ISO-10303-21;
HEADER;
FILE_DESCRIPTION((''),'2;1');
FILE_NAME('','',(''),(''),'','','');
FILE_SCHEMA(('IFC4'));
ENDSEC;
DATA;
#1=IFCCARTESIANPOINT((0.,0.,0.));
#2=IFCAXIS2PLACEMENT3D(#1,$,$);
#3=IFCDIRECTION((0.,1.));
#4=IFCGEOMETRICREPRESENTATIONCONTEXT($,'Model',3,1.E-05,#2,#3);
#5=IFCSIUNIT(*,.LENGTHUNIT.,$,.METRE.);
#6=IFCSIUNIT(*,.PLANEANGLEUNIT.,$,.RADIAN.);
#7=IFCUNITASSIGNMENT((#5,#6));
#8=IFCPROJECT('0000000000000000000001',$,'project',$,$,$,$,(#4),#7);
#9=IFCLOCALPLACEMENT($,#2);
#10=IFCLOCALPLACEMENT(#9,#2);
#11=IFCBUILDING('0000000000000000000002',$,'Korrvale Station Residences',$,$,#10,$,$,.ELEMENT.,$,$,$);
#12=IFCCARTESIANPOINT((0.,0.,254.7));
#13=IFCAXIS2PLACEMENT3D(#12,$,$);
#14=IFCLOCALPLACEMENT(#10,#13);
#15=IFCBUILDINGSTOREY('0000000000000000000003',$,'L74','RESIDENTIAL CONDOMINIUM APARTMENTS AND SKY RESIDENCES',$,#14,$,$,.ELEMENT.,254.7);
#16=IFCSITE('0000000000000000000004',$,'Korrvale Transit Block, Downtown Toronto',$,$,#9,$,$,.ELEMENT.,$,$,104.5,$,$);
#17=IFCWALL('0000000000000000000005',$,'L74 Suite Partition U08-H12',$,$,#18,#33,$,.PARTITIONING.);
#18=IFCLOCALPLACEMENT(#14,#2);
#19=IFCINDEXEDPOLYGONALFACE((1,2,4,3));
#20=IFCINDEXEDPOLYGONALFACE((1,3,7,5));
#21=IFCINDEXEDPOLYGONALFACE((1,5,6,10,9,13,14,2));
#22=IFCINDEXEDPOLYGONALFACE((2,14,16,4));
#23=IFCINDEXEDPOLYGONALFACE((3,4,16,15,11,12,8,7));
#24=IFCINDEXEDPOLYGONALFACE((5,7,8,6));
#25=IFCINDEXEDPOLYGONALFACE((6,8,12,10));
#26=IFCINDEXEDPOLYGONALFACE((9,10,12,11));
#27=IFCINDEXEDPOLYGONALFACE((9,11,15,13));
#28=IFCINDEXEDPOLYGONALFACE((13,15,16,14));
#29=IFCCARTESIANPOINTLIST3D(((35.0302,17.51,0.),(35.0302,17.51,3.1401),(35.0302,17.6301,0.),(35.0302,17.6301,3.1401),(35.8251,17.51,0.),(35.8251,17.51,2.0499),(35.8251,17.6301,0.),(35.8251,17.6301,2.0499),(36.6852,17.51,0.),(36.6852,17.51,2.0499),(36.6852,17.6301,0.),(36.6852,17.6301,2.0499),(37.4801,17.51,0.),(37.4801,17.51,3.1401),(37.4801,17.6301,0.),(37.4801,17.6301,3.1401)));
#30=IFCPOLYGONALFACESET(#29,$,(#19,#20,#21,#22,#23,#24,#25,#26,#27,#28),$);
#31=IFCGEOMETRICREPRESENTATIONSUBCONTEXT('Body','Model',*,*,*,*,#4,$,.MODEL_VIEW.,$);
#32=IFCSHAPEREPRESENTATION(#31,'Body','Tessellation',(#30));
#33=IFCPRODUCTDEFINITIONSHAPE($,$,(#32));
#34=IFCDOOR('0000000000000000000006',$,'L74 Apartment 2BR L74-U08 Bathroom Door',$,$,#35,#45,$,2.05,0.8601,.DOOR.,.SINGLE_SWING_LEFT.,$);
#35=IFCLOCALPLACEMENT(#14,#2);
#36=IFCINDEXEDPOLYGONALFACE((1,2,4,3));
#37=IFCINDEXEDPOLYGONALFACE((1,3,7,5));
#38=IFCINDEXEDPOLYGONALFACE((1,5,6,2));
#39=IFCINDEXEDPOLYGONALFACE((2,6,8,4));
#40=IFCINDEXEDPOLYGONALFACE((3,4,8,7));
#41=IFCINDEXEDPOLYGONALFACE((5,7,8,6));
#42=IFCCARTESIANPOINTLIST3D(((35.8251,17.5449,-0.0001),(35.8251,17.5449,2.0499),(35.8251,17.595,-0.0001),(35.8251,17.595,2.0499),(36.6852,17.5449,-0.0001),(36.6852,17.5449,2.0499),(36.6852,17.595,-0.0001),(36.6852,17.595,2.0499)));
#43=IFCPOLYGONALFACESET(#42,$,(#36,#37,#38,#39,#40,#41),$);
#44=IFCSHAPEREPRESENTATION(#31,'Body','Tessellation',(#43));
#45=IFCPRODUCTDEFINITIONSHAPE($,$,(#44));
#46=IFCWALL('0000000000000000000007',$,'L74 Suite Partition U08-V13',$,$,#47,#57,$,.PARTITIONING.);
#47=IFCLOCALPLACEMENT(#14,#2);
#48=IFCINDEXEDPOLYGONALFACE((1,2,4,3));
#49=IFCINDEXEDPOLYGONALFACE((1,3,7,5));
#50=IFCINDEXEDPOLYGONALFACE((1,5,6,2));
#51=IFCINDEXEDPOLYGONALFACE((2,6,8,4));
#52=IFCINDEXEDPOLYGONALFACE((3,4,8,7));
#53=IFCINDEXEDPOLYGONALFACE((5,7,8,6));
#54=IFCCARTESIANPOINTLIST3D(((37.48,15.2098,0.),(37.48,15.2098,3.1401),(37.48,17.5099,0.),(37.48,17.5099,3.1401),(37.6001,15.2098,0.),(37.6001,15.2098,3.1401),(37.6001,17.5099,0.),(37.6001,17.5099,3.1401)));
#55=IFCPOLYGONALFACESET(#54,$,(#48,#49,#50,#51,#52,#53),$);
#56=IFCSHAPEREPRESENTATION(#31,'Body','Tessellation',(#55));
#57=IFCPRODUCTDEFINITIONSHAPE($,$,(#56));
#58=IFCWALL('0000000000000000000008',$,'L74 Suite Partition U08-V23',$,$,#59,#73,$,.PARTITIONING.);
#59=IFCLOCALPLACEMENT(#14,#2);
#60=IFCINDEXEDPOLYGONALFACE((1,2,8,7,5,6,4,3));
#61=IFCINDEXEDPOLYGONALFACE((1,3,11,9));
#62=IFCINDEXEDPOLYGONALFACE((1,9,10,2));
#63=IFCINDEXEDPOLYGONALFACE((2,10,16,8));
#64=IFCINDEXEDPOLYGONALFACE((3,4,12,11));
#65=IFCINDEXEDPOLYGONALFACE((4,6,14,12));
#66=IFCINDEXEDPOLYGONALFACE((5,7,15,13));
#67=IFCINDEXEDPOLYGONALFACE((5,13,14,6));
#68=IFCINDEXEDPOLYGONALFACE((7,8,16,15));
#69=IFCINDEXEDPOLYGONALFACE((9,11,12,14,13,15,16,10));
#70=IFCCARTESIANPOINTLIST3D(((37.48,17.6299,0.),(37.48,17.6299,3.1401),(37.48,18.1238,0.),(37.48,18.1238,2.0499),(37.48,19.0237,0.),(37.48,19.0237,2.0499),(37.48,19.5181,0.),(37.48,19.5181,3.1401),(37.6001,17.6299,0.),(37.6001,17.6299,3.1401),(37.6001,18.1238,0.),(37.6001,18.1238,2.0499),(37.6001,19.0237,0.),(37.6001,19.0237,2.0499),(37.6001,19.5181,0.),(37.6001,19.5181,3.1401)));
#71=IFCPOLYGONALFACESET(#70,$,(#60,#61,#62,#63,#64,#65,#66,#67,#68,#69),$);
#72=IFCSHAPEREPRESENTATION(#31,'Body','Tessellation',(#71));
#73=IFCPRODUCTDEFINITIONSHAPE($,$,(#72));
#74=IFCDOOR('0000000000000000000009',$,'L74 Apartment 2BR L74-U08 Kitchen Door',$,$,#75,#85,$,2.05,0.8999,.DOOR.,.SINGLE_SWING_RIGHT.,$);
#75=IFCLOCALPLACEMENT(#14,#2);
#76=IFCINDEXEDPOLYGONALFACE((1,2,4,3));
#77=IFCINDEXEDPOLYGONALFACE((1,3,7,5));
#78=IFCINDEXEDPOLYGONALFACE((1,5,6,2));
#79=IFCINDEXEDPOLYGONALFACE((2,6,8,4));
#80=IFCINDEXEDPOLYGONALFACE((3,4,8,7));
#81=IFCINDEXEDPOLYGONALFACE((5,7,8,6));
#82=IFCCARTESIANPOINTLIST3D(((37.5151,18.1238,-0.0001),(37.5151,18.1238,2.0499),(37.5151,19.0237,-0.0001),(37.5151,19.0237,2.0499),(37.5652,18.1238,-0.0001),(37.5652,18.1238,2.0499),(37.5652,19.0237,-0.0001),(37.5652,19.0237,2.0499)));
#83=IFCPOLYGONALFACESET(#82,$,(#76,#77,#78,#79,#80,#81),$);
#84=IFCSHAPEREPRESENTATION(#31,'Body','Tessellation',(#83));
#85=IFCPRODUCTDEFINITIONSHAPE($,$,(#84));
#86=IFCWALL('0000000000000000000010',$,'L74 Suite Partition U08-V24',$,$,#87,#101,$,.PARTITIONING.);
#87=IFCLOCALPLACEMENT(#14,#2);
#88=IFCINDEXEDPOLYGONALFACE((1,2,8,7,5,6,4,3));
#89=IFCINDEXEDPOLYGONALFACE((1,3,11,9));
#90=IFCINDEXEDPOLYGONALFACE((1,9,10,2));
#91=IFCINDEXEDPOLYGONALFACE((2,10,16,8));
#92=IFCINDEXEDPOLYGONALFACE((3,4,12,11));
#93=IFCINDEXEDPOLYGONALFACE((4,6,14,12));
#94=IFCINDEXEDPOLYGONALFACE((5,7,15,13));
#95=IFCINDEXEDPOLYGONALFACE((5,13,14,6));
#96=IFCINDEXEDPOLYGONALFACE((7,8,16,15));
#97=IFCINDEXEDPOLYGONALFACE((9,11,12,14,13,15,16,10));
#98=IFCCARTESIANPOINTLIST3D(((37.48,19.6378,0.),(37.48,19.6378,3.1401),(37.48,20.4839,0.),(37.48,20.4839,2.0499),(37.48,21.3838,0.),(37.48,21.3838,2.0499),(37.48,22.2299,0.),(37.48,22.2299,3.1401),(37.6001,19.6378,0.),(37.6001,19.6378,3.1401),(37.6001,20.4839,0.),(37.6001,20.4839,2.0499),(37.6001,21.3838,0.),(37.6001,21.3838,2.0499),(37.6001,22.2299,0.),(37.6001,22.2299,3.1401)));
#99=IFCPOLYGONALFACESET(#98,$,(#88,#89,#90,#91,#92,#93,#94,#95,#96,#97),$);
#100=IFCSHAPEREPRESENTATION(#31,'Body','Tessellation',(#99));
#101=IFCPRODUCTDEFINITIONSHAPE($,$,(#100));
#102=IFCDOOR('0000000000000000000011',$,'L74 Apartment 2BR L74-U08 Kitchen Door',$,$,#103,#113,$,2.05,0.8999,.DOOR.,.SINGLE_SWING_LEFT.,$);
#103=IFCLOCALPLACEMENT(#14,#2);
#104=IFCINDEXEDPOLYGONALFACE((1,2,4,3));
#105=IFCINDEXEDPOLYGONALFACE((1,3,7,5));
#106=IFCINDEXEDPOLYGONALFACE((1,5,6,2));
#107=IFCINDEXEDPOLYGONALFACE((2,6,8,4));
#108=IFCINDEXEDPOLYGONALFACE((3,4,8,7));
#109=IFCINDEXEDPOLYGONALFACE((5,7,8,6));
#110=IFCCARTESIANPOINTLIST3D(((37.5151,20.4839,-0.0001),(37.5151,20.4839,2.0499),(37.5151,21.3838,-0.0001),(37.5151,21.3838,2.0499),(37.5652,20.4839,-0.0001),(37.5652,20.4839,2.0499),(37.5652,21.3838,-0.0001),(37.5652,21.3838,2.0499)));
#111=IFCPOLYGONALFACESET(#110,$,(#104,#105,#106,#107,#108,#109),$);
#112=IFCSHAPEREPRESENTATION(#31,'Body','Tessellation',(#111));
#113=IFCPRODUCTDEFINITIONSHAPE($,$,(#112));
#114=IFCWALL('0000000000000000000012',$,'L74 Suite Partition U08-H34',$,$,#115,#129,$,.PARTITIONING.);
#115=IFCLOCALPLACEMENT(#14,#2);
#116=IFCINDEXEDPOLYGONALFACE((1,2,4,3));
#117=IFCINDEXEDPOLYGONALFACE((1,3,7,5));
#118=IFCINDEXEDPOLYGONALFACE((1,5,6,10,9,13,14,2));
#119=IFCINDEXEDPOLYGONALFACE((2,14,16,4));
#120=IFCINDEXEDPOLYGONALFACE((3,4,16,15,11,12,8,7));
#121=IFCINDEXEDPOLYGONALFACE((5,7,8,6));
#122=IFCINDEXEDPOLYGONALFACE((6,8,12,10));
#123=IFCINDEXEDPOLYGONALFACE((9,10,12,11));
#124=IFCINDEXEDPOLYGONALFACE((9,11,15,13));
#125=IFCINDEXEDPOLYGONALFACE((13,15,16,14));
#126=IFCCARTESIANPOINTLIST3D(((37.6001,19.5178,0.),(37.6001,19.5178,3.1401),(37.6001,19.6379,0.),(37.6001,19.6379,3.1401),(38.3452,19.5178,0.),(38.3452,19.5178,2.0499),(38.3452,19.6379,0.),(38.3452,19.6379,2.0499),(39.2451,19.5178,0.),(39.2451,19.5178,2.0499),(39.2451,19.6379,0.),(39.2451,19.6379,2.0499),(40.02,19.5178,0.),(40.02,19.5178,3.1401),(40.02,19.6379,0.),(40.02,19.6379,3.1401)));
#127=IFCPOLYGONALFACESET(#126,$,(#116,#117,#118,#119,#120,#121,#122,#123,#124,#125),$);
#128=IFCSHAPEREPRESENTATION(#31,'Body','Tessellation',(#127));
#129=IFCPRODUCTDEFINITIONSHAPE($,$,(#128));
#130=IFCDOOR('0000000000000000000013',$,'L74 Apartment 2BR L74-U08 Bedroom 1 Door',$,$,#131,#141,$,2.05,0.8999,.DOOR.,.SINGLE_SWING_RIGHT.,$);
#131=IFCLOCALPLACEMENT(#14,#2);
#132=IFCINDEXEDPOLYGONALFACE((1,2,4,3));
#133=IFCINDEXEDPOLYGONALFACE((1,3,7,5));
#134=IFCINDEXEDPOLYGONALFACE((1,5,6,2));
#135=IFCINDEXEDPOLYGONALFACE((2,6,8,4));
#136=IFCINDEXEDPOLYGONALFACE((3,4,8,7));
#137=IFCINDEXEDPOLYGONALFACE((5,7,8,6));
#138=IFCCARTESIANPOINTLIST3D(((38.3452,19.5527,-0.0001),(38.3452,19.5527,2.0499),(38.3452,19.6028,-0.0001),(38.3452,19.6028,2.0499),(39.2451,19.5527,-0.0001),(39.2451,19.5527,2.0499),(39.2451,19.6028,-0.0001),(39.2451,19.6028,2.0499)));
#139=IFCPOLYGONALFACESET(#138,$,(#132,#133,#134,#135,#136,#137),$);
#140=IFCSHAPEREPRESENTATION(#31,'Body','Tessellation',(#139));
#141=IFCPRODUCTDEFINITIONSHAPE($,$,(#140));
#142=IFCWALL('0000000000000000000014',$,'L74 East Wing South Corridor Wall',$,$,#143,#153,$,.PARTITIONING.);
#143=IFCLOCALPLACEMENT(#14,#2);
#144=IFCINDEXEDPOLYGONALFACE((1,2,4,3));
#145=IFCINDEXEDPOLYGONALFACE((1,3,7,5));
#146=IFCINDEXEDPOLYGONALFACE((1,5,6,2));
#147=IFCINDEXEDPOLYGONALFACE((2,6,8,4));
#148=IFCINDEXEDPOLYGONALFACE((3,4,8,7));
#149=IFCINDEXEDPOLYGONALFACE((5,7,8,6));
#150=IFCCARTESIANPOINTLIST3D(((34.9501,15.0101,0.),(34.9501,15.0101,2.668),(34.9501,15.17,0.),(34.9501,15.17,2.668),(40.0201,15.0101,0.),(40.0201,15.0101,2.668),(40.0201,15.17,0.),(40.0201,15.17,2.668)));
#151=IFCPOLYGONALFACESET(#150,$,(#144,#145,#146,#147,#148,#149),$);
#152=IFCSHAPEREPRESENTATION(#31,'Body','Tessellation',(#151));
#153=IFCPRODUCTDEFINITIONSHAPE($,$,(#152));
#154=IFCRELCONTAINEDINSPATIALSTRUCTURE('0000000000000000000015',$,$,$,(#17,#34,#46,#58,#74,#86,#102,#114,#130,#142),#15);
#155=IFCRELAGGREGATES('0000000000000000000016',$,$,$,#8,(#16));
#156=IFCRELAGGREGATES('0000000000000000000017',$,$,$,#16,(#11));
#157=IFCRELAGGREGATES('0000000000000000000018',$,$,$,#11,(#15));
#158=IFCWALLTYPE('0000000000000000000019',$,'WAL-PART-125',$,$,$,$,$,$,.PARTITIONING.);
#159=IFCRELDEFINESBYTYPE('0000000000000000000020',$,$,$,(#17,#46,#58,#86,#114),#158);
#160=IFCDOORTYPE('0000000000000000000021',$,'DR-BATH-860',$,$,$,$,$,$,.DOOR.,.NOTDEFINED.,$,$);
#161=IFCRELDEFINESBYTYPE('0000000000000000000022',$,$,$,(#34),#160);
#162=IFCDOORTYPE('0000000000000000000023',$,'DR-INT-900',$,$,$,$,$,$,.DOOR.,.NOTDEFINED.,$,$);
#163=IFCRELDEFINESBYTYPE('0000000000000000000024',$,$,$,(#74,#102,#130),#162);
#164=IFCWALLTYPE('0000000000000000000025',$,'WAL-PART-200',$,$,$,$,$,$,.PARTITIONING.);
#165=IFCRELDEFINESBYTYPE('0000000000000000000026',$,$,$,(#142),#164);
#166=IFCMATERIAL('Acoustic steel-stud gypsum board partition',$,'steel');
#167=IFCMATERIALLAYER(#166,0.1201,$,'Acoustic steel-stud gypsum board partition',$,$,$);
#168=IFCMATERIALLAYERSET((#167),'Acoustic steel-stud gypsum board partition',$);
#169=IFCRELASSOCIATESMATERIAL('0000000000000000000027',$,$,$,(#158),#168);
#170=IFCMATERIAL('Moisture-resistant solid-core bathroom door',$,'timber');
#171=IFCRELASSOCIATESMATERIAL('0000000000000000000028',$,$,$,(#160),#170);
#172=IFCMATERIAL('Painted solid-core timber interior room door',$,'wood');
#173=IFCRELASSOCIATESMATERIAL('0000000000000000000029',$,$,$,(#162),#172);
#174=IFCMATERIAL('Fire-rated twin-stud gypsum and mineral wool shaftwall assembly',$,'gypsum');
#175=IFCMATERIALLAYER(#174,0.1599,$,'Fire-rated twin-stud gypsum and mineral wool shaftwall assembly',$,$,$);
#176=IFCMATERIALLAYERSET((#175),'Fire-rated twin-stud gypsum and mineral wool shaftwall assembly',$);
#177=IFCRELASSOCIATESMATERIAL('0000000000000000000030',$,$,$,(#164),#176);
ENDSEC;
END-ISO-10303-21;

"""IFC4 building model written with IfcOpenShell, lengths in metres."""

from ifc_helpers import new_model, si_unit, direction, frame, frame_2d, origin, place, context, subcontext, project, spatial, rectangle, extrude, material, layer, layer_set, type_object, element, fill, save


model = new_model("IFC4")

# Units and contexts
model_context = context("Model", 3, precision=1e-05, world=origin(), true_north=direction((0.0, 1.0)))
body_context = subcontext(model_context, "Body", "Model", "MODEL_VIEW")
ifc_project = project(units=[si_unit("LENGTHUNIT", "METRE"), si_unit("PLANEANGLEUNIT", "RADIAN")], contexts=[model_context])

# Site, building, storey
site_placement = place(None, origin())
site = spatial("IfcSite", under=ifc_project, at=site_placement, Name="Korrvale Transit Block, Downtown Toronto", CompositionType="ELEMENT", RefElevation=104.5)
building_placement = place(site_placement, origin())
building = spatial("IfcBuilding", under=site, at=building_placement, Name="Korrvale Station Residences", CompositionType="ELEMENT")
storey_placement = place(building_placement, frame((0.0, 0.0, 254.7)))
storey = spatial("IfcBuildingStorey", under=building, at=storey_placement, Name="L74", Description="RESIDENTIAL CONDOMINIUM APARTMENTS AND SKY RESIDENCES", CompositionType="ELEMENT", Elevation=254.7)

# Wall, opening, door
ifc_material_1 = material(Name="Acoustic steel-stud gypsum board partition", Category="steel")
ifc_layer_1 = layer(ifc_material_1, 0.1201, Name="Acoustic steel-stud gypsum board partition")
ifc_layer_set_1 = layer_set([ifc_layer_1], Name="Acoustic steel-stud gypsum board partition")
wall_type_1 = type_object("IfcWallType", Name="WAL-PART-125", PredefinedType="PARTITIONING", material=ifc_layer_set_1)
wall_1_placement = place(storey_placement, frame((35.03, 17.5701, 0.0), z_axis=(0.0, 0.0, 1.0), x_axis=(1.0, 0.0, 0.0)))
wall_1 = element("IfcWall", 1, at=wall_1_placement, inside=storey, type_object=wall_type_1, Name="L74 Suite Partition U08-H12", PredefinedType="PARTITIONING", context=body_context, shape_type="SweptSolid", body=[
    extrude(rectangle(XDim=2.45, YDim=0.1201, at=frame_2d((1.2251, 0.0))), origin(), (0.0, 0.0, 1.0), 3.1401),
])
opening_1_placement = place(wall_1_placement, frame((0.7949, 0.0, 0.0)))
opening_1 = element("IfcOpeningElement", 2, at=opening_1_placement, cuts=wall_1, PredefinedType="OPENING", context=body_context, shape_type="SweptSolid", body=[
    extrude(rectangle(XDim=0.8601, YDim=2.05, at=frame_2d((0.4302, 1.0249))), frame((0.0, 0.0701, 0.0), z_axis=(0.0, -1.0, 0.0), x_axis=(1.0, 0.0, 0.0)), (0.0, 0.0, 1.0), 0.1401),
])
ifc_material_2 = material(Name="Moisture-resistant solid-core bathroom door", Category="timber")
door_type_1 = type_object("IfcDoorType", Name="DR-BATH-860", OperationType="NOTDEFINED", PredefinedType="DOOR", material=ifc_material_2)
door_1_placement = place(opening_1_placement, origin())
door_1 = element("IfcDoor", 3, at=door_1_placement, inside=storey, type_object=door_type_1, Name="L74 Apartment 2BR L74-U08 Bathroom Door", OperationType="SINGLE_SWING_LEFT", OverallHeight=2.05, OverallWidth=0.8601, PredefinedType="DOOR", context=body_context, shape_type="SweptSolid", body=[
    extrude(rectangle(XDim=0.8601, YDim=2.05, at=frame_2d((0.4302, 1.0249))), frame((0.0, 0.0249, 0.0), z_axis=(0.0, -1.0, 0.0), x_axis=(1.0, 0.0, 0.0)), (0.0, 0.0, 1.0), 0.05),
])
fill(opening_1, door_1)

# Wall
wall_2_placement = place(storey_placement, frame((37.54, 15.21, 0.0), z_axis=(0.0, 0.0, 1.0), x_axis=(0.0, 1.0, 0.0)))
element("IfcWall", 4, at=wall_2_placement, inside=storey, type_object=wall_type_1, Name="L74 Suite Partition U08-V13", PredefinedType="PARTITIONING", context=body_context, shape_type="SweptSolid", body=[
    extrude(rectangle(XDim=2.3, YDim=0.1201, at=frame_2d((1.1499, 0.0))), origin(), (0.0, 0.0, 1.0), 3.1401),
])

# Walls, openings, doors
wall_3_placement = place(storey_placement, frame((37.54, 17.6299, 0.0), z_axis=(0.0, 0.0, 1.0), x_axis=(0.0, 1.0, 0.0)))
wall_3 = element("IfcWall", 5, at=wall_3_placement, inside=storey, type_object=wall_type_1, Name="L74 Suite Partition U08-V23", PredefinedType="PARTITIONING", context=body_context, shape_type="SweptSolid", body=[
    extrude(rectangle(XDim=1.8882, YDim=0.1201, at=frame_2d((0.9441, 0.0))), origin(), (0.0, 0.0, 1.0), 3.1401),
])
opening_2_placement = place(wall_3_placement, frame((0.4939, 0.0, 0.0)))
opening_2 = element("IfcOpeningElement", 6, at=opening_2_placement, cuts=wall_3, PredefinedType="OPENING", context=body_context, shape_type="SweptSolid", body=[
    extrude(rectangle(XDim=0.8999, YDim=2.05, at=frame_2d((0.45, 1.0249))), frame((0.0, 0.0701, 0.0), z_axis=(0.0, -1.0, 0.0), x_axis=(1.0, 0.0, 0.0)), (0.0, 0.0, 1.0), 0.1401),
])
ifc_material_3 = material(Name="Painted solid-core timber interior room door", Category="wood")
door_type_2 = type_object("IfcDoorType", Name="DR-INT-900", OperationType="NOTDEFINED", PredefinedType="DOOR", material=ifc_material_3)
door_2_placement = place(opening_2_placement, origin())
door_2 = element("IfcDoor", 7, at=door_2_placement, inside=storey, type_object=door_type_2, Name="L74 Apartment 2BR L74-U08 Kitchen Door", OperationType="SINGLE_SWING_RIGHT", OverallHeight=2.05, OverallWidth=0.8999, PredefinedType="DOOR", context=body_context, shape_type="SweptSolid", body=[
    extrude(rectangle(XDim=0.8999, YDim=2.05, at=frame_2d((0.45, 1.0249))), frame((0.0, 0.0249, 0.0), z_axis=(0.0, -1.0, 0.0), x_axis=(1.0, 0.0, 0.0)), (0.0, 0.0, 1.0), 0.05),
])
fill(opening_2, door_2)
wall_4_placement = place(storey_placement, frame((37.54, 19.6379, 0.0), z_axis=(0.0, 0.0, 1.0), x_axis=(0.0, 1.0, 0.0)))
wall_4 = element("IfcWall", 8, at=wall_4_placement, inside=storey, type_object=wall_type_1, Name="L74 Suite Partition U08-V24", PredefinedType="PARTITIONING", context=body_context, shape_type="SweptSolid", body=[
    extrude(rectangle(XDim=2.592, YDim=0.1201, at=frame_2d((1.2959, 0.0))), origin(), (0.0, 0.0, 1.0), 3.1401),
])
opening_3_placement = place(wall_4_placement, frame((0.8459, 0.0, 0.0)))
opening_3 = element("IfcOpeningElement", 9, at=opening_3_placement, cuts=wall_4, PredefinedType="OPENING", context=body_context, shape_type="SweptSolid", body=[
    extrude(rectangle(XDim=0.8999, YDim=2.05, at=frame_2d((0.45, 1.0249))), frame((0.0, 0.0701, 0.0), z_axis=(0.0, -1.0, 0.0), x_axis=(1.0, 0.0, 0.0)), (0.0, 0.0, 1.0), 0.1401),
])
door_3_placement = place(opening_3_placement, origin())
door_3 = element("IfcDoor", 10, at=door_3_placement, inside=storey, type_object=door_type_2, Name="L74 Apartment 2BR L74-U08 Kitchen Door", OperationType="SINGLE_SWING_LEFT", OverallHeight=2.05, OverallWidth=0.8999, PredefinedType="DOOR", context=body_context, shape_type="SweptSolid", body=[
    extrude(rectangle(XDim=0.8999, YDim=2.05, at=frame_2d((0.45, 1.0249))), frame((0.0, 0.0249, 0.0), z_axis=(0.0, -1.0, 0.0), x_axis=(1.0, 0.0, 0.0)), (0.0, 0.0, 1.0), 0.05),
])
fill(opening_3, door_3)
wall_5_placement = place(storey_placement, frame((37.6001, 19.5779, 0.0), z_axis=(0.0, 0.0, 1.0), x_axis=(1.0, 0.0, 0.0)))
wall_5 = element("IfcWall", 11, at=wall_5_placement, inside=storey, type_object=wall_type_1, Name="L74 Suite Partition U08-H34", PredefinedType="PARTITIONING", context=body_context, shape_type="SweptSolid", body=[
    extrude(rectangle(XDim=2.4199, YDim=0.1201, at=frame_2d((1.21, 0.0))), origin(), (0.0, 0.0, 1.0), 3.1401),
])
opening_4_placement = place(wall_5_placement, frame((0.7451, 0.0, 0.0)))
opening_4 = element("IfcOpeningElement", 12, at=opening_4_placement, cuts=wall_5, PredefinedType="OPENING", context=body_context, shape_type="SweptSolid", body=[
    extrude(rectangle(XDim=0.8999, YDim=2.05, at=frame_2d((0.45, 1.0249))), frame((0.0, 0.0701, 0.0), z_axis=(0.0, -1.0, 0.0), x_axis=(1.0, 0.0, 0.0)), (0.0, 0.0, 1.0), 0.1401),
])
door_4_placement = place(opening_4_placement, origin())
door_4 = element("IfcDoor", 13, at=door_4_placement, inside=storey, type_object=door_type_2, Name="L74 Apartment 2BR L74-U08 Bedroom 1 Door", OperationType="SINGLE_SWING_RIGHT", OverallHeight=2.05, OverallWidth=0.8999, PredefinedType="DOOR", context=body_context, shape_type="SweptSolid", body=[
    extrude(rectangle(XDim=0.8999, YDim=2.05, at=frame_2d((0.45, 1.0249))), frame((0.0, 0.0249, 0.0), z_axis=(0.0, -1.0, 0.0), x_axis=(1.0, 0.0, 0.0)), (0.0, 0.0, 1.0), 0.05),
])
fill(opening_4, door_4)

# Wall
ifc_material_4 = material(Name="Fire-rated twin-stud gypsum and mineral wool shaftwall assembly", Category="gypsum")
ifc_layer_2 = layer(ifc_material_4, 0.1599, Name="Fire-rated twin-stud gypsum and mineral wool shaftwall assembly")
ifc_layer_set_2 = layer_set([ifc_layer_2], Name="Fire-rated twin-stud gypsum and mineral wool shaftwall assembly")
wall_type_2 = type_object("IfcWallType", Name="WAL-PART-200", PredefinedType="PARTITIONING", material=ifc_layer_set_2)
wall_6_placement = place(storey_placement, frame((34.95, 15.0901, 0.0), z_axis=(0.0, 0.0, 1.0), x_axis=(1.0, 0.0, 0.0)))
element("IfcWall", 14, at=wall_6_placement, inside=storey, type_object=wall_type_2, Name="L74 East Wing South Corridor Wall", PredefinedType="PARTITIONING", context=body_context, shape_type="SweptSolid", body=[
    extrude(rectangle(XDim=5.0701, YDim=0.1599, at=frame_2d((2.5352, 0.0))), origin(), (0.0, 0.0, 1.0), 2.668),
])

save(model, "model.ifc")
